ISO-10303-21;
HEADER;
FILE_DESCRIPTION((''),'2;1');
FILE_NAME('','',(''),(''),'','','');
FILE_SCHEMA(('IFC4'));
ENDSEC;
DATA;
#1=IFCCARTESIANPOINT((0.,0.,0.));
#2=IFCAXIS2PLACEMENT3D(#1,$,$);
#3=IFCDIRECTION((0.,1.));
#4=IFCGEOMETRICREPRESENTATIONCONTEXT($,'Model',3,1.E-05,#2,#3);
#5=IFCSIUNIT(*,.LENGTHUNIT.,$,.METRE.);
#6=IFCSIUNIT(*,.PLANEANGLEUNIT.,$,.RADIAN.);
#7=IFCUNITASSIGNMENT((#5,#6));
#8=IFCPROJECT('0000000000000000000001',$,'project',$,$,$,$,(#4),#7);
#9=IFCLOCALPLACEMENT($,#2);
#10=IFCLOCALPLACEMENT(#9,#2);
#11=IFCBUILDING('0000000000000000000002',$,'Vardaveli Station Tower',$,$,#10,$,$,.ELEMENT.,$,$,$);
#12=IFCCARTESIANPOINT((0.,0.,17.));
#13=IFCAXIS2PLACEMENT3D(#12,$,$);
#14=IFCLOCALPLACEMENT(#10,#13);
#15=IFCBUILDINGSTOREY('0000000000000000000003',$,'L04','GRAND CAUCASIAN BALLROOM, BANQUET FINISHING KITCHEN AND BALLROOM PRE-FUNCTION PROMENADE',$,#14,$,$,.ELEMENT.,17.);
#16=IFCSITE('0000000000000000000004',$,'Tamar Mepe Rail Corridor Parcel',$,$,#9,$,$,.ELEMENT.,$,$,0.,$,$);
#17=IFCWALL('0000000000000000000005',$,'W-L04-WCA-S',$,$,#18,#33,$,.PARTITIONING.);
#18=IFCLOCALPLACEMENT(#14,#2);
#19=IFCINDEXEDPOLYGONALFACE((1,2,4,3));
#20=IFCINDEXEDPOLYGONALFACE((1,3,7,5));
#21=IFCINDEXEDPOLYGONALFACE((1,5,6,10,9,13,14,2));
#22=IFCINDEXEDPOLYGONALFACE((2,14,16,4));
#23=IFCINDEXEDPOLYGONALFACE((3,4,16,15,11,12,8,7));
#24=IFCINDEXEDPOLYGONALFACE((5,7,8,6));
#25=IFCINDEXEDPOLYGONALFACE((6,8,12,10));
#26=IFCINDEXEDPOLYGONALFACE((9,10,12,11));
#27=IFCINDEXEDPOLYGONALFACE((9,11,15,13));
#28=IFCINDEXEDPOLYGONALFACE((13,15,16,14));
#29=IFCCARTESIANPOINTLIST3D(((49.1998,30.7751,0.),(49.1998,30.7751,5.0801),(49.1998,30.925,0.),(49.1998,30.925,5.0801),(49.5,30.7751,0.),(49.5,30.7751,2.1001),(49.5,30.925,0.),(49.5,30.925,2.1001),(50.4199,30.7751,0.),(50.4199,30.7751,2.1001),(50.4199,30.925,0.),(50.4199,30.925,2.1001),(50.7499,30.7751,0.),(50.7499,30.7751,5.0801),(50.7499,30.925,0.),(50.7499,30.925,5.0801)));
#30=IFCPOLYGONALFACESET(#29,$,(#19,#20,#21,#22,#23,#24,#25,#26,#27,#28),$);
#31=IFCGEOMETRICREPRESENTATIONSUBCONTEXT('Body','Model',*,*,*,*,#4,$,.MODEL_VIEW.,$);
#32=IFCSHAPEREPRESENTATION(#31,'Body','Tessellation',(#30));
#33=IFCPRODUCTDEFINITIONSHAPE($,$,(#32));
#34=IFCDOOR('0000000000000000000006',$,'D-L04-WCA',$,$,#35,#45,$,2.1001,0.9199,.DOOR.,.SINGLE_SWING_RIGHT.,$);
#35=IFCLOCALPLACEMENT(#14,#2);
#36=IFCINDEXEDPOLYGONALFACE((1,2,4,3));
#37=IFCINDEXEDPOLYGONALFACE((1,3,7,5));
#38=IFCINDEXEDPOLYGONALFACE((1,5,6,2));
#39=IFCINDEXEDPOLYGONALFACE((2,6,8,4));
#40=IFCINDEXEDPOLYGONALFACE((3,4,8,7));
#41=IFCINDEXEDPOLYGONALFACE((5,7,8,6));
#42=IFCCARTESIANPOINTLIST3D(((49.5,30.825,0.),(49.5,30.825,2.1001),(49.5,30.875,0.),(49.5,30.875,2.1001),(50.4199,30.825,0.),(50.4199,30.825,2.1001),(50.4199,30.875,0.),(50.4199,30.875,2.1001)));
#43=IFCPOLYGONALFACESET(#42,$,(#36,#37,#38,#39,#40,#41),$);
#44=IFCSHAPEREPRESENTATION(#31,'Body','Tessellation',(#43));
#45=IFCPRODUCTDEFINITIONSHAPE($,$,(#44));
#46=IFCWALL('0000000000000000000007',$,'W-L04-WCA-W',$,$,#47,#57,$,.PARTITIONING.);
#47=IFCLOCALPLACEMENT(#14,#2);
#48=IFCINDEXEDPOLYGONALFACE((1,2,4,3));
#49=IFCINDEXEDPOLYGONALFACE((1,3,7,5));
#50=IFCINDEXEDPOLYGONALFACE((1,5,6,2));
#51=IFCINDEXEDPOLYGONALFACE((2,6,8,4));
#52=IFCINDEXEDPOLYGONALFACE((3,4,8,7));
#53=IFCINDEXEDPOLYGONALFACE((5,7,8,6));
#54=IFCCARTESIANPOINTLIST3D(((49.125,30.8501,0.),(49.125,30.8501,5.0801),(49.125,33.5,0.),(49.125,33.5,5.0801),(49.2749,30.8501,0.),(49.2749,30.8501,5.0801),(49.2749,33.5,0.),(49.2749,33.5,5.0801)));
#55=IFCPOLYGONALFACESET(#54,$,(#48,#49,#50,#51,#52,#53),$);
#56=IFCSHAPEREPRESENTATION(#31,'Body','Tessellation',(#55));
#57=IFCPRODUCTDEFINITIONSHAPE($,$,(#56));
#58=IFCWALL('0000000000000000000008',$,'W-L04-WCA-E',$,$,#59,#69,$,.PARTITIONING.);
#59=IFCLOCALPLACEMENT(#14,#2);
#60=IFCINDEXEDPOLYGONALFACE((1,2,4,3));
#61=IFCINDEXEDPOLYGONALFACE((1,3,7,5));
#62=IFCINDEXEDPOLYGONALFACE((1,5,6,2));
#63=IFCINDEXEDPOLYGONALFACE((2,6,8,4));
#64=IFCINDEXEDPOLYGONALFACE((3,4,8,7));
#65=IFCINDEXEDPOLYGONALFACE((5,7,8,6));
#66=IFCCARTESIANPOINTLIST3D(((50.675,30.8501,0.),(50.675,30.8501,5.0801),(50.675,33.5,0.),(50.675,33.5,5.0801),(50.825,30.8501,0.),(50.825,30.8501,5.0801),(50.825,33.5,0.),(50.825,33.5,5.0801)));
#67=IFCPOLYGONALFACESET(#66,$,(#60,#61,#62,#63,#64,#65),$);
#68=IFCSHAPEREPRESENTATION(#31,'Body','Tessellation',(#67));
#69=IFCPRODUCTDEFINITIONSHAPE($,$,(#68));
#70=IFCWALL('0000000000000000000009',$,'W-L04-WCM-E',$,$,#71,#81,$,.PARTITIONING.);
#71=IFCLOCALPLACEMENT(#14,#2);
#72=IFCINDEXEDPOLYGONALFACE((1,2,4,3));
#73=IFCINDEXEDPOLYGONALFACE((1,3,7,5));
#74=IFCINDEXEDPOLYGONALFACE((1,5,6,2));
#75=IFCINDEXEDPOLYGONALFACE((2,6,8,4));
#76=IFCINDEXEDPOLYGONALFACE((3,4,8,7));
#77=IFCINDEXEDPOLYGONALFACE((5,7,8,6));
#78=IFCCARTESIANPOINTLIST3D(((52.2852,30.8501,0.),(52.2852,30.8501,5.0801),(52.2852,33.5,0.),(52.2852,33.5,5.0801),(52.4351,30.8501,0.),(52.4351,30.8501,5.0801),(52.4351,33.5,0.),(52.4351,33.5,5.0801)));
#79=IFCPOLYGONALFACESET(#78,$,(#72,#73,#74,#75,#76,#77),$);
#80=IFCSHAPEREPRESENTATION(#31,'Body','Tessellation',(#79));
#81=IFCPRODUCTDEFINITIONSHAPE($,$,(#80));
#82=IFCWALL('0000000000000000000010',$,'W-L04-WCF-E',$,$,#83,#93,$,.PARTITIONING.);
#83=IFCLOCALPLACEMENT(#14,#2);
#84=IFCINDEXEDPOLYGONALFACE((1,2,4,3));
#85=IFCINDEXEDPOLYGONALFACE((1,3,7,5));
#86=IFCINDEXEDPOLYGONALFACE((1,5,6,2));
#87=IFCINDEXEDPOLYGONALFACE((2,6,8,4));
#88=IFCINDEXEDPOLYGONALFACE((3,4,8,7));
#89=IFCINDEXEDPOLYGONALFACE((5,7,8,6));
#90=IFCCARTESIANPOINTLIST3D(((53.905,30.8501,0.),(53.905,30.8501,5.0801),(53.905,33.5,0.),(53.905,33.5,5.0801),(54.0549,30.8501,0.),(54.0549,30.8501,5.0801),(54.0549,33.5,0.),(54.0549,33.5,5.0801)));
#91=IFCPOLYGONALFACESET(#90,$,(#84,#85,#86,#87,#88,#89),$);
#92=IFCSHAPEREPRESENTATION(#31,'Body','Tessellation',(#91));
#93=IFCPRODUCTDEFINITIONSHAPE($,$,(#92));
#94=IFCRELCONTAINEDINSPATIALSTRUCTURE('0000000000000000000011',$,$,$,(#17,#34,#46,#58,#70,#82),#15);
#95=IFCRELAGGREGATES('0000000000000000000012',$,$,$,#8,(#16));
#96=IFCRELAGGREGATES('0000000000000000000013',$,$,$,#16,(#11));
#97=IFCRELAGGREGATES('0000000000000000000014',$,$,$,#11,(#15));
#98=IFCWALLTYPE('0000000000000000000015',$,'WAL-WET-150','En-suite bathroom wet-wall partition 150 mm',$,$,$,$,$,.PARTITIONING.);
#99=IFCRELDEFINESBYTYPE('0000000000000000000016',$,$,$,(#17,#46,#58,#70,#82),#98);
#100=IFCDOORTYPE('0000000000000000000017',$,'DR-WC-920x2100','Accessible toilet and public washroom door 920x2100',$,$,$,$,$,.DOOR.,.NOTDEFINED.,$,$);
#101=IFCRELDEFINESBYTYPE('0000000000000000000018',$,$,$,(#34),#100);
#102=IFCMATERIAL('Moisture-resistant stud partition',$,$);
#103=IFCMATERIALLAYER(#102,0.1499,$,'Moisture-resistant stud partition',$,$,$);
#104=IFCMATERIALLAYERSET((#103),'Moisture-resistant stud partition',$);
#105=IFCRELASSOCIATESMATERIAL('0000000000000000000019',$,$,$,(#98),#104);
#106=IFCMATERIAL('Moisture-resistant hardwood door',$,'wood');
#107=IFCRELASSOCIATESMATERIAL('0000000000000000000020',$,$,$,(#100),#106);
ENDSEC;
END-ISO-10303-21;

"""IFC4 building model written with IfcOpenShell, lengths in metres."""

from ifc_helpers import new_model, si_unit, direction, frame, frame_2d, origin, place, context, subcontext, project, spatial, rectangle, extrude, source, transform, mapped, material, layer, layer_set, type_object, element, fill, save


model = new_model("IFC4")

# Units and contexts
model_context = context("Model", 3, precision=1e-05, world=origin(), true_north=direction((0.0, 1.0)))
body_context = subcontext(model_context, "Body", "Model", "MODEL_VIEW")
ifc_project = project(units=[si_unit("LENGTHUNIT", "METRE"), si_unit("PLANEANGLEUNIT", "RADIAN")], contexts=[model_context])

# Site, building, storey
site_placement = place(None, origin())
site = spatial("IfcSite", under=ifc_project, at=site_placement, Name="Tamar Mepe Rail Corridor Parcel", CompositionType="ELEMENT", RefElevation=0.0)
building_placement = place(site_placement, origin())
building = spatial("IfcBuilding", under=site, at=building_placement, Name="Vardaveli Station Tower", CompositionType="ELEMENT")
storey_placement = place(building_placement, frame((0.0, 0.0, 17.0)))
storey = spatial("IfcBuildingStorey", under=building, at=storey_placement, Name="L04", Description="GRAND CAUCASIAN BALLROOM, BANQUET FINISHING KITCHEN AND BALLROOM PRE-FUNCTION PROMENADE", CompositionType="ELEMENT", Elevation=17.0)

# Wall, opening, door
ifc_material_1 = material(Name="Moisture-resistant stud partition")
ifc_layer_1 = layer(ifc_material_1, 0.1499, Name="Moisture-resistant stud partition")
ifc_layer_set_1 = layer_set([ifc_layer_1], Name="Moisture-resistant stud partition")
wall_type_1 = type_object("IfcWallType", Name="WAL-WET-150", Description="En-suite bathroom wet-wall partition 150 mm", PredefinedType="PARTITIONING", material=ifc_layer_set_1)
shared_shape_1 = source(origin(), body_context, "Body", "SweptSolid", [
    extrude(rectangle(XDim=0.9199, YDim=2.1001, at=frame_2d((0.46, 1.05))), frame((0.0, 0.085, 0.0), z_axis=(0.0, -1.0, 0.0), x_axis=(1.0, 0.0, 0.0)), (0.0, 0.0, 1.0), 0.1699),
])
ifc_material_2 = material(Name="Moisture-resistant hardwood door", Category="wood")
door_type_1 = type_object("IfcDoorType", Name="DR-WC-920x2100", Description="Accessible toilet and public washroom door 920x2100", OperationType="NOTDEFINED", PredefinedType="DOOR", material=ifc_material_2)
shared_shape_2 = source(origin(), body_context, "Body", "SweptSolid", [
    extrude(rectangle(XDim=0.9199, YDim=2.1001, at=frame_2d((0.46, 1.05))), frame((0.0, 0.0249, 0.0), z_axis=(0.0, -1.0, 0.0), x_axis=(1.0, 0.0, 0.0)), (0.0, 0.0, 1.0), 0.05),
])
shared_shape_3 = source(origin(), body_context, "Body", "SweptSolid", [
    extrude(rectangle(XDim=1.55, YDim=0.1499, at=frame_2d((0.7749, 0.0))), origin(), (0.0, 0.0, 1.0), 5.0801),
])
wall_1_placement = place(storey_placement, frame((49.2, 30.8501, 0.0), z_axis=(0.0, 0.0, 1.0), x_axis=(1.0, 0.0, 0.0)))
wall_1 = element("IfcWall", 1, at=wall_1_placement, inside=storey, type_object=wall_type_1, Name="W-L04-WCA-S", PredefinedType="PARTITIONING", context=body_context, shape_type="MappedRepresentation", body=[
    mapped(shared_shape_3, transform((0.0, 0.0, 0.0), scale=1.0)),
])
opening_1_placement = place(wall_1_placement, frame((0.3, 0.0, 0.0)))
opening_1 = element("IfcOpeningElement", 2, at=opening_1_placement, cuts=wall_1, PredefinedType="OPENING", context=body_context, shape_type="MappedRepresentation", body=[
    mapped(shared_shape_1, transform((0.0, 0.0, 0.0), scale=1.0)),
])
door_1_placement = place(opening_1_placement, origin())
door_1 = element("IfcDoor", 3, at=door_1_placement, inside=storey, type_object=door_type_1, Name="D-L04-WCA", OperationType="SINGLE_SWING_RIGHT", OverallHeight=2.1001, OverallWidth=0.9199, PredefinedType="DOOR", context=body_context, shape_type="MappedRepresentation", body=[
    mapped(shared_shape_2, transform((0.0, 0.0, 0.0), scale=1.0)),
])
fill(opening_1, door_1)

# Walls
shared_shape_4 = source(origin(), body_context, "Body", "SweptSolid", [
    extrude(rectangle(XDim=2.6499, YDim=0.1499, at=frame_2d((1.325, 0.0))), origin(), (0.0, 0.0, 1.0), 5.0801),
])
for number, where, z_axis, x_axis, name in (
    (4, (49.2, 30.8501, 0.0), (0.0, 0.0, 1.0), (0.0, 1.0, 0.0), "W-L04-WCA-W"),
    (5, (50.75, 30.8501, 0.0), (0.0, 0.0, 1.0), (0.0, 1.0, 0.0), "W-L04-WCA-E"),
    (6, (52.3601, 30.8501, 0.0), (0.0, 0.0, 1.0), (0.0, 1.0, 0.0), "W-L04-WCM-E"),
    (7, (53.98, 30.8501, 0.0), (0.0, 0.0, 1.0), (0.0, 1.0, 0.0), "W-L04-WCF-E"),
):
    element("IfcWall", number, at=place(storey_placement, frame(where, z_axis=z_axis, x_axis=x_axis)), inside=storey, type_object=wall_type_1, Name=name, PredefinedType="PARTITIONING", context=body_context, shape_type="MappedRepresentation", body=[
        mapped(shared_shape_4, transform((0.0, 0.0, 0.0), scale=1.0)),
    ])

save(model, "model.ifc")
